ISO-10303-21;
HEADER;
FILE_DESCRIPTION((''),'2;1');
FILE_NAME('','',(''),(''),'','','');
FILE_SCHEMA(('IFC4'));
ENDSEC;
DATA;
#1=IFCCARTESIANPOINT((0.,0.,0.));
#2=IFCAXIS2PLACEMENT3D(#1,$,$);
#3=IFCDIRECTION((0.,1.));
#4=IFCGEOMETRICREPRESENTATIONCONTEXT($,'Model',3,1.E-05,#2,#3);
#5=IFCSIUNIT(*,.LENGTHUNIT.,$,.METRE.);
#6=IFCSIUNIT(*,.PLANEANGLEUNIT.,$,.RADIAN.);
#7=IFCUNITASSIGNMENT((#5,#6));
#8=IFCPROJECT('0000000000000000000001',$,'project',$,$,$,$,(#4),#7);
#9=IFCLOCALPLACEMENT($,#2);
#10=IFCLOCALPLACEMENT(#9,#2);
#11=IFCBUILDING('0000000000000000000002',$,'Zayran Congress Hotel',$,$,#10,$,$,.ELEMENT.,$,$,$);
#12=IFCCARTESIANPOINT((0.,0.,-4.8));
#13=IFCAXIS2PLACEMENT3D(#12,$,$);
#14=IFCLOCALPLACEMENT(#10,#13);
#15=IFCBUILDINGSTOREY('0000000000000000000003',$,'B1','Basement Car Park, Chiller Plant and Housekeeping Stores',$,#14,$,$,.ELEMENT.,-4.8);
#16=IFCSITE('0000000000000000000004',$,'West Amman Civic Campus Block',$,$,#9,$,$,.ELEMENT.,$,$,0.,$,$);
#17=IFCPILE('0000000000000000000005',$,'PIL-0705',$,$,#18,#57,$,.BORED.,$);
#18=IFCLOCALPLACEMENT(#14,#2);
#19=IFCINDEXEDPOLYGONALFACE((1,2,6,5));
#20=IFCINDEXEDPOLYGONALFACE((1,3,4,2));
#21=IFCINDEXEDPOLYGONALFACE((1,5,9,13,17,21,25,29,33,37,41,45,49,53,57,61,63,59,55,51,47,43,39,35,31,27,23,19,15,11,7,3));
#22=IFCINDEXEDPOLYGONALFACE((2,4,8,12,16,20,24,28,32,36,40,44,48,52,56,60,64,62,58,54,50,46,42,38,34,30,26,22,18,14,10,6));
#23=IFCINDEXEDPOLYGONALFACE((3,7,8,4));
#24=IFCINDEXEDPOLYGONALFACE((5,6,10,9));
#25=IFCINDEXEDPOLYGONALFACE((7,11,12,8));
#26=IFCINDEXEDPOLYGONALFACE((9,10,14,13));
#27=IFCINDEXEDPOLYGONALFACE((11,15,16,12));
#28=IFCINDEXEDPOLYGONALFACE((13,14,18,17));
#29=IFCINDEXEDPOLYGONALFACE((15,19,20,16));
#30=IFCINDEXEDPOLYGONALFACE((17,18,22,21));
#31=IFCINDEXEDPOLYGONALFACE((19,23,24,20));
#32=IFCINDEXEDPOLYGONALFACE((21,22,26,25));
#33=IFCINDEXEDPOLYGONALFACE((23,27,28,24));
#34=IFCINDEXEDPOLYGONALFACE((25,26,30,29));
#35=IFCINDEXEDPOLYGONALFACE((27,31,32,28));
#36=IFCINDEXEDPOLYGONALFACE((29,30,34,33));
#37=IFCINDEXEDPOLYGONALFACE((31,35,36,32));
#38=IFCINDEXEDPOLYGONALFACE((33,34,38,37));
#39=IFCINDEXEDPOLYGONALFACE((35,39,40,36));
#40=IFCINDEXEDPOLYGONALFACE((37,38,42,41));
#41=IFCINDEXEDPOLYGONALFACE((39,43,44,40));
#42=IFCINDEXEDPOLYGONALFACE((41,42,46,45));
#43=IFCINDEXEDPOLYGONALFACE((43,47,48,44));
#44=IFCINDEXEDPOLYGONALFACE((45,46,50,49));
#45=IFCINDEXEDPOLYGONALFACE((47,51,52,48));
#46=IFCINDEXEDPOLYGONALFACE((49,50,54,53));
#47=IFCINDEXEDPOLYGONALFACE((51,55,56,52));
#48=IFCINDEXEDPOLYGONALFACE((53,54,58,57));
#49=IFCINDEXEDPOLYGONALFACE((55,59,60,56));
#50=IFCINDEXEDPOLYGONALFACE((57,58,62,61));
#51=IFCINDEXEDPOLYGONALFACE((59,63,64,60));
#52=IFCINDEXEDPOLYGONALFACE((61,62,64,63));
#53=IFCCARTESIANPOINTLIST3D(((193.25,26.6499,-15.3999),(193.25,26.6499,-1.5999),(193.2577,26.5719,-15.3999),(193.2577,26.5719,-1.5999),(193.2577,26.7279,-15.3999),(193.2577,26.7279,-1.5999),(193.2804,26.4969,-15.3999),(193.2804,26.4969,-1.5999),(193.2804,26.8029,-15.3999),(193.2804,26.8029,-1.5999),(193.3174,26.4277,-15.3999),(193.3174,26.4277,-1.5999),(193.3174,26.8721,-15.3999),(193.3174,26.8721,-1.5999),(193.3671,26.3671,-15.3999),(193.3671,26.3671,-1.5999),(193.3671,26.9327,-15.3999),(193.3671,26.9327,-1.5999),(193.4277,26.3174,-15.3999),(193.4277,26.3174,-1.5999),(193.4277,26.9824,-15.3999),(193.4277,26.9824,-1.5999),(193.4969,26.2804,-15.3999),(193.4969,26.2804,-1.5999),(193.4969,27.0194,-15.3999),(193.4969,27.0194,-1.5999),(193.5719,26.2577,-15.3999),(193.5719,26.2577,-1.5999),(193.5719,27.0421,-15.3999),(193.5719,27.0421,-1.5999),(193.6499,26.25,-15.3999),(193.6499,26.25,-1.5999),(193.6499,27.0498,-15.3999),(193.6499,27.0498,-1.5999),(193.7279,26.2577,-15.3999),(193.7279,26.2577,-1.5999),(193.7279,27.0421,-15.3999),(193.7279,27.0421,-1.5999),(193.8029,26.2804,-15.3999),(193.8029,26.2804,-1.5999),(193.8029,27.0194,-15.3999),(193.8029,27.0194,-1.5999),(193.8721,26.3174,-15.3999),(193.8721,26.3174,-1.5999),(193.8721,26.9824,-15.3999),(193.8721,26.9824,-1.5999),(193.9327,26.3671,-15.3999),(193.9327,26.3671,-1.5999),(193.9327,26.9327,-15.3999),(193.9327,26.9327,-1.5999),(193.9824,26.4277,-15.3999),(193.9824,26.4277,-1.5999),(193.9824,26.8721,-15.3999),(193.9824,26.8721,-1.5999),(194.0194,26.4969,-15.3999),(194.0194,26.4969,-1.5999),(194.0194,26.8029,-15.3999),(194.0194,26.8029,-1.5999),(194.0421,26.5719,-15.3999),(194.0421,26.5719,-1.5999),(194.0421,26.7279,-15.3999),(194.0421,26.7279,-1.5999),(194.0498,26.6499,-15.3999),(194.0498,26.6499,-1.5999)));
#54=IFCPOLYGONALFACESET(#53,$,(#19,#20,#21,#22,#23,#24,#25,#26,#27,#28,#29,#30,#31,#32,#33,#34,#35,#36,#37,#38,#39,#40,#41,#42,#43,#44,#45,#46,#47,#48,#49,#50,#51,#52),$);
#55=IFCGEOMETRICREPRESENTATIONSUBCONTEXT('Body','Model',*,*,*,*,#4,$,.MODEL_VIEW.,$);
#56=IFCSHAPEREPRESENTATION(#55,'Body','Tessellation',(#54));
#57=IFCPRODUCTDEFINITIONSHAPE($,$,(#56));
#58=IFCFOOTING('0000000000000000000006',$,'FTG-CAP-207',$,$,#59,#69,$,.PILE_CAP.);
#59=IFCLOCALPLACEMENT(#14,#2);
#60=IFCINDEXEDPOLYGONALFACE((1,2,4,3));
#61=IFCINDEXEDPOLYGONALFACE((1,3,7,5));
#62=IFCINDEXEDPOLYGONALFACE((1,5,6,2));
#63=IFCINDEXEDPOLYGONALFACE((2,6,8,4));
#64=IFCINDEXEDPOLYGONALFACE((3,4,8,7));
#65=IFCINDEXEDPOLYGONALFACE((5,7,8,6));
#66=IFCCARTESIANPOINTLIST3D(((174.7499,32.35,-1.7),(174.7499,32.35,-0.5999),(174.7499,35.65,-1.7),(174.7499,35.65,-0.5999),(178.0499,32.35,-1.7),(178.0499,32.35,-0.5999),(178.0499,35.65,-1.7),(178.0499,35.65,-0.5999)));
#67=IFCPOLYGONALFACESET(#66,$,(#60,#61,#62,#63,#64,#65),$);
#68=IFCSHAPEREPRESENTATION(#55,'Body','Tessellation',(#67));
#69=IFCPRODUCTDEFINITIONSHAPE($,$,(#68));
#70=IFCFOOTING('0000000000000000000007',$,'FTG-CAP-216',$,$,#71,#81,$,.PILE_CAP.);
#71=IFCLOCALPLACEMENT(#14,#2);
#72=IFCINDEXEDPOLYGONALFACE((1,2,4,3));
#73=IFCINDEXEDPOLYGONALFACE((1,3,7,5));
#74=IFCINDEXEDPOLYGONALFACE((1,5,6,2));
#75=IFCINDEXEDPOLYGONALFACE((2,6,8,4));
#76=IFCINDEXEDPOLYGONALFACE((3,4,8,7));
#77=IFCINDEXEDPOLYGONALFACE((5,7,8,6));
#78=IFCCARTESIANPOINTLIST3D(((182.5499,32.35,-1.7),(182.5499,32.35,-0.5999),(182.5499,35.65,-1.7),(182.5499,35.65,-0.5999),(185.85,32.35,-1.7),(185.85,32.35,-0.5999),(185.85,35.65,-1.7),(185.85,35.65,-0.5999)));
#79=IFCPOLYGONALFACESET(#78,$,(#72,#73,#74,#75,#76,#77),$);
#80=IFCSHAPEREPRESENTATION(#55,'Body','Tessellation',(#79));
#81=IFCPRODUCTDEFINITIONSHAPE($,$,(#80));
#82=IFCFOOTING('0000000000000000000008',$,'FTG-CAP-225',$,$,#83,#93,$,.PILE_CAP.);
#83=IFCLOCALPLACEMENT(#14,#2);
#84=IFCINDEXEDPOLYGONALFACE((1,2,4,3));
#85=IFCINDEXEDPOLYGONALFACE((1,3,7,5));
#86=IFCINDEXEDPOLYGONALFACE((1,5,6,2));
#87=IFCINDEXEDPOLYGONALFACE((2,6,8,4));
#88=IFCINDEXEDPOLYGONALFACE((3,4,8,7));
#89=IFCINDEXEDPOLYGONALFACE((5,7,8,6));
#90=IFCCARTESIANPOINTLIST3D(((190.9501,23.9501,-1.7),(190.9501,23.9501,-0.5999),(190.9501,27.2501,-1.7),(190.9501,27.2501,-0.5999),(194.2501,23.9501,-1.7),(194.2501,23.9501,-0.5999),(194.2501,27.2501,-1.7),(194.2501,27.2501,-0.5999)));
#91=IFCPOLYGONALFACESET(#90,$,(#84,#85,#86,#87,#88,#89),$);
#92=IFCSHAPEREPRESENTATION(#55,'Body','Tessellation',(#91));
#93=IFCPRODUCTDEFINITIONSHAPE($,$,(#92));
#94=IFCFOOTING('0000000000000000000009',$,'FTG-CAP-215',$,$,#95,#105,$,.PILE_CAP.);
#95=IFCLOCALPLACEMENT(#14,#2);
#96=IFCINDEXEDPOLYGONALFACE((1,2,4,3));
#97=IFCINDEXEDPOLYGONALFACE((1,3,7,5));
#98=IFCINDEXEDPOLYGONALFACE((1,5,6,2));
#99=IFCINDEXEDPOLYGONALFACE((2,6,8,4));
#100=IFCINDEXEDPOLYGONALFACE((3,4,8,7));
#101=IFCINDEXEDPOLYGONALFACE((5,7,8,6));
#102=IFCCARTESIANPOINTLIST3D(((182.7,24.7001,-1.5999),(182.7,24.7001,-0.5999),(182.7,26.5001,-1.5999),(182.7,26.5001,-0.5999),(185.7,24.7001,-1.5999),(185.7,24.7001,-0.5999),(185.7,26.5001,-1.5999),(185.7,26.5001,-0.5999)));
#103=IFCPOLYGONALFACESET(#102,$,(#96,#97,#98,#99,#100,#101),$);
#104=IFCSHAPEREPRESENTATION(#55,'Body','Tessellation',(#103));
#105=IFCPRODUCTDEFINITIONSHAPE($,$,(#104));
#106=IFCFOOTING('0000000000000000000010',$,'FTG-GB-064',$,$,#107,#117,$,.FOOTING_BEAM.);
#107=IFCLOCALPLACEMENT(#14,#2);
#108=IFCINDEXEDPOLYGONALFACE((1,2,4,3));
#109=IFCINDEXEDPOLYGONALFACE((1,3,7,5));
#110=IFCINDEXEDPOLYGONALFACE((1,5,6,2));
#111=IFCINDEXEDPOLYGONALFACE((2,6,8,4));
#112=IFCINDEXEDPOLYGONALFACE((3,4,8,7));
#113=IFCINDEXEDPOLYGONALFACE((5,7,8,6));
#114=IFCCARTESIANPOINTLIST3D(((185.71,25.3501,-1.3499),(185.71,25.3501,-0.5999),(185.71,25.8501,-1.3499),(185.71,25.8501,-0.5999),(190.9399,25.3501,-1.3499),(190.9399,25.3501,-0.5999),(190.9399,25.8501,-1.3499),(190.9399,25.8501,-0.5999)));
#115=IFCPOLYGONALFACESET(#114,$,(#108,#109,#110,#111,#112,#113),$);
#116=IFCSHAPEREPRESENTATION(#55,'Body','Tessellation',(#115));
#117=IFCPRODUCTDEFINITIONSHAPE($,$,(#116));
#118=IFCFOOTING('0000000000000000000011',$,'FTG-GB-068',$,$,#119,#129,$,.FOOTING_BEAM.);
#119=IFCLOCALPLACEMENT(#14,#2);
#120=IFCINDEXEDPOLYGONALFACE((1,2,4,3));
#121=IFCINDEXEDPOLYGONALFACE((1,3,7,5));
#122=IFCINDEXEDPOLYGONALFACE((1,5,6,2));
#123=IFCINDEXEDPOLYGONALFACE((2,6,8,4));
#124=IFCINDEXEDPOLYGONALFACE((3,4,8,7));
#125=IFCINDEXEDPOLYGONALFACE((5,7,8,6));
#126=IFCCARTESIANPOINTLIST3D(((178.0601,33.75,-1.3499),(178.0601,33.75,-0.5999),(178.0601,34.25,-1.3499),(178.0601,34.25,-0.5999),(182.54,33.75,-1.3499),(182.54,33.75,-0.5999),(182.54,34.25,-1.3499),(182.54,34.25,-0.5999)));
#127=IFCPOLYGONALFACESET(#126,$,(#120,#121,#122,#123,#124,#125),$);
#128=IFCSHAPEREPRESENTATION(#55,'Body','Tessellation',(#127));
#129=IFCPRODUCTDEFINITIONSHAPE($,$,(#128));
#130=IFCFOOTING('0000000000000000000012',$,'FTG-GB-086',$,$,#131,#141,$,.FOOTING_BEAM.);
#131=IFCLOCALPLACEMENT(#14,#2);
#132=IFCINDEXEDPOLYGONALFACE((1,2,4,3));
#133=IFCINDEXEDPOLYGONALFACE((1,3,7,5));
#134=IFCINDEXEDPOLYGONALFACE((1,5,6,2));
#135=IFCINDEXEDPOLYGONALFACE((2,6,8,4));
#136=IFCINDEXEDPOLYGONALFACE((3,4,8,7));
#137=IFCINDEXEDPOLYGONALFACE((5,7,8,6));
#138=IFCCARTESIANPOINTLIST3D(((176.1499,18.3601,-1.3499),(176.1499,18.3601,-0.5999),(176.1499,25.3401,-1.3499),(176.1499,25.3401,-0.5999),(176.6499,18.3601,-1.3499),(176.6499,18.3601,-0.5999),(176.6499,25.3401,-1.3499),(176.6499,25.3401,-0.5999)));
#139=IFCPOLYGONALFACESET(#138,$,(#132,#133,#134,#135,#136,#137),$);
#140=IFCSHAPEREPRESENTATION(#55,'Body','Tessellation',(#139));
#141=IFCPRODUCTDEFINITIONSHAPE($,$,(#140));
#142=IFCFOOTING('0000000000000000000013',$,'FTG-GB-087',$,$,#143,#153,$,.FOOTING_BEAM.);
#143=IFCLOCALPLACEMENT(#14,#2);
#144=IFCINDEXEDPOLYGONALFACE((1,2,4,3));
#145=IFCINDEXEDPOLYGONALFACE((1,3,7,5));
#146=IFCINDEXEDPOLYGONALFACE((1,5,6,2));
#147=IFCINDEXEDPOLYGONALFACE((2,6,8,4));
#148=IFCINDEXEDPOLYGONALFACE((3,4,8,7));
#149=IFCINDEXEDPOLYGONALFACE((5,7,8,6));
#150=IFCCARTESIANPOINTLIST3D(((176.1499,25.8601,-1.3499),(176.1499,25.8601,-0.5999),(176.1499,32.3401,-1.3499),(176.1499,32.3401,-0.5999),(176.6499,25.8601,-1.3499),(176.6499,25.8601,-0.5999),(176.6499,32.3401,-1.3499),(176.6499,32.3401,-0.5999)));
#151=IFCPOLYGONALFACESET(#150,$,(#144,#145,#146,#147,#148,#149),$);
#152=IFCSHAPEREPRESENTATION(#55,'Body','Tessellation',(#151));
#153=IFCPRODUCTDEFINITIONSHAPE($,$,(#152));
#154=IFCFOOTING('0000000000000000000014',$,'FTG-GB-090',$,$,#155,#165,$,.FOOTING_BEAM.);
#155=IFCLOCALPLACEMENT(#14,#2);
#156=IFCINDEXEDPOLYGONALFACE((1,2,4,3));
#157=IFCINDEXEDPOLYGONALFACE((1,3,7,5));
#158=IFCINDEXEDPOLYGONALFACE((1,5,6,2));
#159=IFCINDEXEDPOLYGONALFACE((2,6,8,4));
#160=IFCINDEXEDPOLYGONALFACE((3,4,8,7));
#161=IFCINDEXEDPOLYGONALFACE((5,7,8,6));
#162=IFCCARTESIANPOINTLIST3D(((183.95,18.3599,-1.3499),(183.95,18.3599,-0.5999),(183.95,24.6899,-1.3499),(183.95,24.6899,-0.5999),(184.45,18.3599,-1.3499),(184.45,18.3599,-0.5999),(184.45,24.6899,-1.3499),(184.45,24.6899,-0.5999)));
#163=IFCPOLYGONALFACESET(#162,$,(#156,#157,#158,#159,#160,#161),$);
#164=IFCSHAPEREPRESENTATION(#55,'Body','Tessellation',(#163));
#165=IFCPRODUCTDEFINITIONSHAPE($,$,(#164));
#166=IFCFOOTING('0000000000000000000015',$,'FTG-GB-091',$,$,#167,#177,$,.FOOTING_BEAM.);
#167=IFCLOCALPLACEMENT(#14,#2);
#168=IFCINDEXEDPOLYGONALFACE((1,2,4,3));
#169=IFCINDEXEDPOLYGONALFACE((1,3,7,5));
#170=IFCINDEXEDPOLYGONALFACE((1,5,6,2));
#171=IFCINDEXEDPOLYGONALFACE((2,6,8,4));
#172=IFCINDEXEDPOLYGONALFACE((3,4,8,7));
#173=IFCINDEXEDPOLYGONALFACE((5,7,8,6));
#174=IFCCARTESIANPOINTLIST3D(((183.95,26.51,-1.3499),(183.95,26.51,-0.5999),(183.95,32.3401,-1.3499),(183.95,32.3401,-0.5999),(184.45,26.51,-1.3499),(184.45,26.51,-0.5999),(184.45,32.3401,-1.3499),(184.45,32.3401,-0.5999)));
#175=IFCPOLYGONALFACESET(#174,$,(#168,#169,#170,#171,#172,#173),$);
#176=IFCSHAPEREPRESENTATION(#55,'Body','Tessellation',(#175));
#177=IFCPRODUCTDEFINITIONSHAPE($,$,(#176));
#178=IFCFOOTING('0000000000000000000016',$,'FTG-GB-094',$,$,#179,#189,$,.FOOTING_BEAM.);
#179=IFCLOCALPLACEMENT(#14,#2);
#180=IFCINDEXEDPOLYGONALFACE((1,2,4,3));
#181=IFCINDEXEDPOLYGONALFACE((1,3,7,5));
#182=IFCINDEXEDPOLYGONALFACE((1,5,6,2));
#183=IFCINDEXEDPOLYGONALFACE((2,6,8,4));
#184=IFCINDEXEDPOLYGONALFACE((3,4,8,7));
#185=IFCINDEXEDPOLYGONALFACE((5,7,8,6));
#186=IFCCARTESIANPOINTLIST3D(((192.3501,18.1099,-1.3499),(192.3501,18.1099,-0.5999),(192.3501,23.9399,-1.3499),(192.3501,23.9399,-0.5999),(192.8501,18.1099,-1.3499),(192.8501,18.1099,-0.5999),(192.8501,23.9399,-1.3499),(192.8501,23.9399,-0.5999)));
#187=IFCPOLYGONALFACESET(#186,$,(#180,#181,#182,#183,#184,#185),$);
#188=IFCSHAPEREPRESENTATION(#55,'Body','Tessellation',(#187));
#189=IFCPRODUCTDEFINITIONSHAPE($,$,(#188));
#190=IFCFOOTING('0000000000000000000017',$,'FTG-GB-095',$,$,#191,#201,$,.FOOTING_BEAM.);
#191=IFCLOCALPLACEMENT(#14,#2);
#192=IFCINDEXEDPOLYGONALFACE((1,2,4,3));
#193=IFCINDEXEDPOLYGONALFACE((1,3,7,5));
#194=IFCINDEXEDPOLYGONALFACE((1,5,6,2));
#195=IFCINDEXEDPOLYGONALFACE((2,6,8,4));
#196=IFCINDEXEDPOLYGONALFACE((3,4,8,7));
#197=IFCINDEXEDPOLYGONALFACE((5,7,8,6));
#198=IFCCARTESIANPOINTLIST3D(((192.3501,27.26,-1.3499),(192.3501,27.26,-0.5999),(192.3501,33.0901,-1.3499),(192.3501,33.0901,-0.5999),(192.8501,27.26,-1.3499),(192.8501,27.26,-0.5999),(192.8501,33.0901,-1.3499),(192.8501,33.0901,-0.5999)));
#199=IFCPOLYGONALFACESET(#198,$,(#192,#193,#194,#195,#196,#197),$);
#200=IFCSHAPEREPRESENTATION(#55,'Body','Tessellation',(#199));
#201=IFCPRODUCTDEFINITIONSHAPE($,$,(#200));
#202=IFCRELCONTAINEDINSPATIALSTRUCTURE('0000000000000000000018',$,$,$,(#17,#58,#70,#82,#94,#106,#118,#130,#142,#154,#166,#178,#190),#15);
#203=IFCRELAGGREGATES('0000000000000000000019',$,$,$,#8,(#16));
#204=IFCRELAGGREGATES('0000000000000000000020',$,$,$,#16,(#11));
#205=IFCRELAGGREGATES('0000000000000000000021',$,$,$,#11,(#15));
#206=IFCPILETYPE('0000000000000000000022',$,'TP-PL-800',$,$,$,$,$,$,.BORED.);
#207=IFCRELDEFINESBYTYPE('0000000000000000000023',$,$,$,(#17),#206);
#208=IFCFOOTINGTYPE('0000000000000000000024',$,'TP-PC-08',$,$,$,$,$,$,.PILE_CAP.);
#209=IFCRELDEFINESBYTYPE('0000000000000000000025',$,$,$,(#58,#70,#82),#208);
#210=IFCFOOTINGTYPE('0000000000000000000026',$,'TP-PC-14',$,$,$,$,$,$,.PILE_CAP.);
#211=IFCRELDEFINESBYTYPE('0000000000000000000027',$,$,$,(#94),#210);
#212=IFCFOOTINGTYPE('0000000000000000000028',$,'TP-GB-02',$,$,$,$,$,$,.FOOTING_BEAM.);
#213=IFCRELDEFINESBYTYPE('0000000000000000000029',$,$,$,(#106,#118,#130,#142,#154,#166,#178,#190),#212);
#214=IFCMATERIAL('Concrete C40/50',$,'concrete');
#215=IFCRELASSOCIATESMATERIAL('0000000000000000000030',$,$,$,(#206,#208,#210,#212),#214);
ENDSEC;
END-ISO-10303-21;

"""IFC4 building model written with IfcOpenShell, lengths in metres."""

from ifc_helpers import new_model, si_unit, direction, frame, origin, origin_2d, place, context, subcontext, project, spatial, rectangle, circle, extrude, material, material_profile, profile_set, type_object, element, save


model = new_model("IFC4")

# Units and contexts
model_context = context("Model", 3, precision=1e-05, world=origin(), true_north=direction((0.0, 1.0)))
body_context = subcontext(model_context, "Body", "Model", "MODEL_VIEW")
ifc_project = project(units=[si_unit("LENGTHUNIT", "METRE"), si_unit("PLANEANGLEUNIT", "RADIAN")], contexts=[model_context])

# Site, building, storey
site_placement = place(None, origin())
site = spatial("IfcSite", under=ifc_project, at=site_placement, Name="West Amman Civic Campus Block", CompositionType="ELEMENT", RefElevation=0.0)
building_placement = place(site_placement, origin())
building = spatial("IfcBuilding", under=site, at=building_placement, Name="Zayran Congress Hotel", CompositionType="ELEMENT")
storey_placement = place(building_placement, frame((0.0, 0.0, -4.8)))
storey = spatial("IfcBuildingStorey", under=building, at=storey_placement, Name="B1", Description="Basement Car Park, Chiller Plant and Housekeeping Stores", CompositionType="ELEMENT", Elevation=-4.8)

# Pile
ifc_material_1 = material(Name="Concrete C40/50", Category="concrete")
ifc_material_profile_1 = material_profile(ifc_material_1, circle(Radius=0.3999, at=origin_2d()), Name="PILE D800")
ifc_profile_set_1 = profile_set([ifc_material_profile_1], Name="Concrete C40/50")
pile_type = type_object("IfcPileType", Name="TP-PL-800", PredefinedType="BORED", material=ifc_profile_set_1)
for number, where, z_axis, x_axis, name in (
    (1, (193.6499, 26.6499, -1.5999), (0.0, 0.0, -1.0), (1.0, 0.0, 0.0), "PIL-0705"),
):
    element("IfcPile", number, at=place(storey_placement, frame(where, z_axis=z_axis, x_axis=x_axis)), inside=storey, type_object=pile_type, Name=name, PredefinedType="BORED", context=body_context, shape_type="SweptSolid", body=[
        extrude(circle(Radius=0.3999, at=origin_2d()), origin(), (0.0, 0.0, 1.0), 13.8),
    ])

# Footings
footing_type_1 = type_object("IfcFootingType", Name="TP-PC-08", PredefinedType="PILE_CAP", material=ifc_material_1)
for number, where, z_axis, x_axis, name in (
    (2, (176.3999, 34.0, -1.7), (0.0, 0.0, 1.0), (1.0, 0.0, 0.0), "FTG-CAP-207"),
    (3, (184.2, 34.0, -1.7), (0.0, 0.0, 1.0), (1.0, 0.0, 0.0), "FTG-CAP-216"),
    (4, (192.6001, 25.6001, -1.7), (0.0, 0.0, 1.0), (1.0, 0.0, 0.0), "FTG-CAP-225"),
):
    element("IfcFooting", number, at=place(storey_placement, frame(where, z_axis=z_axis, x_axis=x_axis)), inside=storey, type_object=footing_type_1, Name=name, PredefinedType="PILE_CAP", context=body_context, shape_type="SweptSolid", body=[
        extrude(rectangle(XDim=3.3, YDim=3.3, at=origin_2d()), origin(), (0.0, 0.0, 1.0), 1.1001),
    ])
footing_type_2 = type_object("IfcFootingType", Name="TP-PC-14", PredefinedType="PILE_CAP", material=ifc_material_1)
footing_1_placement = place(storey_placement, frame((184.2, 25.6001, -1.5999), z_axis=(0.0, 0.0, 1.0), x_axis=(1.0, 0.0, 0.0)))
element("IfcFooting", 5, at=footing_1_placement, inside=storey, type_object=footing_type_2, Name="FTG-CAP-215", PredefinedType="PILE_CAP", context=body_context, shape_type="SweptSolid", body=[
    extrude(rectangle(XDim=3.0, YDim=1.8, at=origin_2d()), origin(), (0.0, 0.0, 1.0), 1.0),
])
footing_type_3 = type_object("IfcFootingType", Name="TP-GB-02", PredefinedType="FOOTING_BEAM", material=ifc_material_1)
footing_2_placement = place(storey_placement, frame((188.325, 25.6001, -1.3499), z_axis=(0.0, 0.0, 1.0), x_axis=(1.0, 0.0, 0.0)))
element("IfcFooting", 6, at=footing_2_placement, inside=storey, type_object=footing_type_3, Name="FTG-GB-064", PredefinedType="FOOTING_BEAM", context=body_context, shape_type="SweptSolid", body=[
    extrude(rectangle(XDim=5.23, YDim=0.5, at=origin_2d()), origin(), (0.0, 0.0, 1.0), 0.75),
])
footing_3_placement = place(storey_placement, frame((180.3, 34.0, -1.3499), z_axis=(0.0, 0.0, 1.0), x_axis=(1.0, 0.0, 0.0)))
element("IfcFooting", 7, at=footing_3_placement, inside=storey, type_object=footing_type_3, Name="FTG-GB-068", PredefinedType="FOOTING_BEAM", context=body_context, shape_type="SweptSolid", body=[
    extrude(rectangle(XDim=4.48, YDim=0.5, at=origin_2d()), origin(), (0.0, 0.0, 1.0), 0.75),
])
footing_4_placement = place(storey_placement, frame((176.3999, 21.8501, -1.3499), z_axis=(0.0, 0.0, 1.0), x_axis=(0.0, 1.0, 0.0)))
element("IfcFooting", 8, at=footing_4_placement, inside=storey, type_object=footing_type_3, Name="FTG-GB-086", PredefinedType="FOOTING_BEAM", context=body_context, shape_type="SweptSolid", body=[
    extrude(rectangle(XDim=6.98, YDim=0.5, at=origin_2d()), origin(), (0.0, 0.0, 1.0), 0.75),
])
footing_5_placement = place(storey_placement, frame((176.3999, 29.1001, -1.3499), z_axis=(0.0, 0.0, 1.0), x_axis=(0.0, 1.0, 0.0)))
element("IfcFooting", 9, at=footing_5_placement, inside=storey, type_object=footing_type_3, Name="FTG-GB-087", PredefinedType="FOOTING_BEAM", context=body_context, shape_type="SweptSolid", body=[
    extrude(rectangle(XDim=6.48, YDim=0.5, at=origin_2d()), origin(), (0.0, 0.0, 1.0), 0.75),
])
footing_6_placement = place(storey_placement, frame((184.2, 21.5249, -1.3499), z_axis=(0.0, 0.0, 1.0), x_axis=(0.0, 1.0, 0.0)))
element("IfcFooting", 10, at=footing_6_placement, inside=storey, type_object=footing_type_3, Name="FTG-GB-090", PredefinedType="FOOTING_BEAM", context=body_context, shape_type="SweptSolid", body=[
    extrude(rectangle(XDim=6.3301, YDim=0.5, at=origin_2d()), origin(), (0.0, 0.0, 1.0), 0.75),
])
for number, where, z_axis, x_axis, name in (
    (11, (184.2, 29.425, -1.3499), (0.0, 0.0, 1.0), (0.0, 1.0, 0.0), "FTG-GB-091"),
    (12, (192.6001, 21.0249, -1.3499), (0.0, 0.0, 1.0), (0.0, 1.0, 0.0), "FTG-GB-094"),
    (13, (192.6001, 30.175, -1.3499), (0.0, 0.0, 1.0), (0.0, 1.0, 0.0), "FTG-GB-095"),
):
    element("IfcFooting", number, at=place(storey_placement, frame(where, z_axis=z_axis, x_axis=x_axis)), inside=storey, type_object=footing_type_3, Name=name, PredefinedType="FOOTING_BEAM", context=body_context, shape_type="SweptSolid", body=[
        extrude(rectangle(XDim=5.8301, YDim=0.5, at=origin_2d()), origin(), (0.0, 0.0, 1.0), 0.75),
    ])

save(model, "model.ifc")
